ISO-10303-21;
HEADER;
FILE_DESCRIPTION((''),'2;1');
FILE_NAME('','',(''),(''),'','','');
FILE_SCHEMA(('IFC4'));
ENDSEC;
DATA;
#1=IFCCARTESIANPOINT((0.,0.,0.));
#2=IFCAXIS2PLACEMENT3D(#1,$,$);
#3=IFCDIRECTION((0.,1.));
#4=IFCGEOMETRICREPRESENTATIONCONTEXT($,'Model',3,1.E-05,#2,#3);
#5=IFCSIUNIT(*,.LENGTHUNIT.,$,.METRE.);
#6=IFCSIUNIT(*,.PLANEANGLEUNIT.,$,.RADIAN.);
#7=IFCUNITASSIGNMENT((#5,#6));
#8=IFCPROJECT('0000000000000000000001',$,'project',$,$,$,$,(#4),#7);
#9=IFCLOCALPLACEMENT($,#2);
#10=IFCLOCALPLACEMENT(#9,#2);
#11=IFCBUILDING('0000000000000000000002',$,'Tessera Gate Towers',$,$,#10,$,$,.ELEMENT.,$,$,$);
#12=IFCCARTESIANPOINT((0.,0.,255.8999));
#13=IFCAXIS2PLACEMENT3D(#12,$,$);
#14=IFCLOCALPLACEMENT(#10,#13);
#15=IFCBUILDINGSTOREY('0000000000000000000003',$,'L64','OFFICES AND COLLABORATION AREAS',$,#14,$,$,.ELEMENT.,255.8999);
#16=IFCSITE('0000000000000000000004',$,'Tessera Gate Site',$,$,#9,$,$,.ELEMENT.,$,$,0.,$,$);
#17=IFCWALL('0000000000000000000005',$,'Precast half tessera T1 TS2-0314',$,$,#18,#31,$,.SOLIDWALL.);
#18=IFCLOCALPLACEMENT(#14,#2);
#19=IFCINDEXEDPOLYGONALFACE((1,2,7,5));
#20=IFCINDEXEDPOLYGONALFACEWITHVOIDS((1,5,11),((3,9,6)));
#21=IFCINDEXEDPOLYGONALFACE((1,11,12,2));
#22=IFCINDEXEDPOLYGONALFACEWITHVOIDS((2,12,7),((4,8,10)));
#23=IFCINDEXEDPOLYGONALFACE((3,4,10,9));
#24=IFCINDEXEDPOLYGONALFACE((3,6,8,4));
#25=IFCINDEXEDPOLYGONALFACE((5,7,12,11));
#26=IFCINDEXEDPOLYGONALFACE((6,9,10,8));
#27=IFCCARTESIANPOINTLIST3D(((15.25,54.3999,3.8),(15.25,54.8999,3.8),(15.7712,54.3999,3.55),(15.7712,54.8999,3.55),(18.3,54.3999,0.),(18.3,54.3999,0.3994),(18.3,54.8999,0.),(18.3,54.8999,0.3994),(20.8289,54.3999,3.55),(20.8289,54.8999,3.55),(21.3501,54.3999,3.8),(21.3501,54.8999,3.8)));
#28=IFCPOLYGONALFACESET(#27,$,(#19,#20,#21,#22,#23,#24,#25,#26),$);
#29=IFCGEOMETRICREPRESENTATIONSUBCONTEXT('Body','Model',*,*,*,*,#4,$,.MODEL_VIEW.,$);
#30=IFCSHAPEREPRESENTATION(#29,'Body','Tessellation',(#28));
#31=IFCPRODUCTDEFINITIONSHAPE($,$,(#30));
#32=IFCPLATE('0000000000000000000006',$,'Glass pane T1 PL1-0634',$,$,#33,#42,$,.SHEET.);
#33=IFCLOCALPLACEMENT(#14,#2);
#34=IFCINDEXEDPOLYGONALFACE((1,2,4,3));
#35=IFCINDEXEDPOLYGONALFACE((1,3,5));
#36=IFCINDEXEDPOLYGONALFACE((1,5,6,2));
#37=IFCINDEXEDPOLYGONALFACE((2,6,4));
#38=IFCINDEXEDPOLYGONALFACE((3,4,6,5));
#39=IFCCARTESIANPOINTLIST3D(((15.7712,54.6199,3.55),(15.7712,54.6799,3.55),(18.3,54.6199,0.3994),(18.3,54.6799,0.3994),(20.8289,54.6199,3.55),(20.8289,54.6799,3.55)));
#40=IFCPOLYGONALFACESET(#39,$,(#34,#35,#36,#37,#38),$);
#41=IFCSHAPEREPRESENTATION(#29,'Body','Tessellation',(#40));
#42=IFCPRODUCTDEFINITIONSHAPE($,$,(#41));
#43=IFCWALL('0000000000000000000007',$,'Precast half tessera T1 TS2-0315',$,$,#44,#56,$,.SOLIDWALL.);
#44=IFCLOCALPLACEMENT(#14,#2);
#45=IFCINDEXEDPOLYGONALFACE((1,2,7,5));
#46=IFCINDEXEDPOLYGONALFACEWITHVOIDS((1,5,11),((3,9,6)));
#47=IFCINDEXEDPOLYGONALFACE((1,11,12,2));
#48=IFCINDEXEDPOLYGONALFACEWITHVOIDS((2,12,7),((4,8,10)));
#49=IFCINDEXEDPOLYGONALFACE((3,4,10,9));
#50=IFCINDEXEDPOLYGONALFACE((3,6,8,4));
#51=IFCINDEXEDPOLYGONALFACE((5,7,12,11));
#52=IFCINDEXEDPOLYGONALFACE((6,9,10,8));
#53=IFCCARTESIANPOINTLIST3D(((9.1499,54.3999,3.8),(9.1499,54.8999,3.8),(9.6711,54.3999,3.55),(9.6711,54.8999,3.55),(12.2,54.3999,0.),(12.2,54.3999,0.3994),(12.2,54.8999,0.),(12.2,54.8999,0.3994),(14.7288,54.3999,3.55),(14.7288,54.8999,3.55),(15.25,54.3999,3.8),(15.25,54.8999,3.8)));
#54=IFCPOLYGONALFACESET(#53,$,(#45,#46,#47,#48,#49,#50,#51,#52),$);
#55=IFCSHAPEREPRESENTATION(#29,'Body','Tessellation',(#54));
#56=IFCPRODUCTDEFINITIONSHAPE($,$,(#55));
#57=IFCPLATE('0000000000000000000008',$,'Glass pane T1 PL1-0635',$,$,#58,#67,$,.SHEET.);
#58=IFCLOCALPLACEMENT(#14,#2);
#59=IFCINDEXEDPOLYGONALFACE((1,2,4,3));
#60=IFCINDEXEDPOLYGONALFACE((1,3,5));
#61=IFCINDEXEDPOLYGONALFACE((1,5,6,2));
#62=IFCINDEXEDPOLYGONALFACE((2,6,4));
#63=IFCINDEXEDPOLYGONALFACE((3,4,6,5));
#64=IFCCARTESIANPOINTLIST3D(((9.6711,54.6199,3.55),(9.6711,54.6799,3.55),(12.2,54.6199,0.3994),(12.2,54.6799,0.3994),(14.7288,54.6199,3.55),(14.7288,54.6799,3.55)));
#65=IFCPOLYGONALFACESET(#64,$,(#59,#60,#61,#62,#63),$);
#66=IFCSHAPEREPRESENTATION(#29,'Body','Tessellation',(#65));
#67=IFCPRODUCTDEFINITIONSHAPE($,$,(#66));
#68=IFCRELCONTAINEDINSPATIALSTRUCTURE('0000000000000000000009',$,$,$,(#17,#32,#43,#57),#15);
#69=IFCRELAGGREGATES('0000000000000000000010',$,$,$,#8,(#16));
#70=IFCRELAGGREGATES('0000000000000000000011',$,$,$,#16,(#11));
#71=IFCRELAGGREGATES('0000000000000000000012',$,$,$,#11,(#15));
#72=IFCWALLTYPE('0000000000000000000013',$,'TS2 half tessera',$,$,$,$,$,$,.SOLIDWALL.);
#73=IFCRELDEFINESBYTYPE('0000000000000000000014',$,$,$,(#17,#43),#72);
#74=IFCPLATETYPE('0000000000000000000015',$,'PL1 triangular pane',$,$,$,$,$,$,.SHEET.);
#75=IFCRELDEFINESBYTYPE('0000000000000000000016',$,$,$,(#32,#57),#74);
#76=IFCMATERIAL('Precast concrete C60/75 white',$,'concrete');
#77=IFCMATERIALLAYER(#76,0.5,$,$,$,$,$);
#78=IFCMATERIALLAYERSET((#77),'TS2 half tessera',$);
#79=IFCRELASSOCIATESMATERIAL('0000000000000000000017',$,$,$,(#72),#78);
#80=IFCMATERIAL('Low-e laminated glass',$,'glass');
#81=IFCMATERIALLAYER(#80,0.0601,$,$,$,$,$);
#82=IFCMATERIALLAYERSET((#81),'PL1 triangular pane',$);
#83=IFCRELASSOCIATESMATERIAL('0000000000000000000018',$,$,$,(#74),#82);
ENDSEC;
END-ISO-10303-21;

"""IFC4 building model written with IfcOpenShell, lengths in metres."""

from ifc_helpers import new_model, si_unit, direction, frame, origin, place, context, subcontext, project, spatial, polyline, outline, extrude, source, transform, mapped, material, layer, layer_set, type_object, element, fill, save


model = new_model("IFC4")

# Units and contexts
model_context = context("Model", 3, precision=1e-05, world=origin(), true_north=direction((0.0, 1.0)))
body_context = subcontext(model_context, "Body", "Model", "MODEL_VIEW")
ifc_project = project(units=[si_unit("LENGTHUNIT", "METRE"), si_unit("PLANEANGLEUNIT", "RADIAN")], contexts=[model_context])

# Site, building, storey
site_placement = place(None, origin())
site = spatial("IfcSite", under=ifc_project, at=site_placement, Name="Tessera Gate Site", CompositionType="ELEMENT", RefElevation=0.0)
building_placement = place(site_placement, origin())
building = spatial("IfcBuilding", under=site, at=building_placement, Name="Tessera Gate Towers", CompositionType="ELEMENT")
storey_placement = place(building_placement, frame((0.0, 0.0, 255.8999)))
storey = spatial("IfcBuildingStorey", under=building, at=storey_placement, Name="L64", Description="OFFICES AND COLLABORATION AREAS", CompositionType="ELEMENT", Elevation=255.8999)

# Walls, openings, plates
ifc_material_1 = material(Name="Precast concrete C60/75 white", Category="concrete")
ifc_layer_1 = layer(ifc_material_1, 0.5)
ifc_layer_set_1 = layer_set([ifc_layer_1], Name="TS2 half tessera")
wall_type_1 = type_object("IfcWallType", Name="TS2 half tessera", PredefinedType="SOLIDWALL", material=ifc_layer_set_1)
shared_shape_1 = source(origin(), body_context, "Body", "SweptSolid", [
    extrude(outline(polyline([(3.05, 0.0), (6.1001, 3.8), (0.0, 3.8), (3.05, 0.0)])), frame((0.0, 0.25, 0.0), z_axis=(0.0, -1.0, 0.0), x_axis=(1.0, 0.0, 0.0)), (0.0, 0.0, 1.0), 0.5),
])
wall_1_placement = place(storey_placement, frame((21.3501, 54.6499, 0.0), z_axis=(0.0, 0.0, 1.0), x_axis=(-1.0, 0.0, 0.0)))
wall_1 = element("IfcWall", 1, at=wall_1_placement, inside=storey, type_object=wall_type_1, Name="Precast half tessera T1 TS2-0314", PredefinedType="SOLIDWALL", context=body_context, shape_type="MappedRepresentation", body=[
    mapped(shared_shape_1, transform((0.0, 0.0, 0.0), scale=1.0)),
])
shared_shape_2 = source(origin(), body_context, "Body", "SweptSolid", [
    extrude(outline(polyline([(3.05, 0.3994), (5.5789, 3.55), (0.5212, 3.55), (3.05, 0.3994)])), frame((0.0, 0.26, 0.0), z_axis=(0.0, -1.0, 0.0), x_axis=(1.0, 0.0, 0.0)), (0.0, 0.0, 1.0), 0.52),
])
opening_1_placement = place(wall_1_placement, origin())
opening_1 = element("IfcOpeningElement", 2, at=opening_1_placement, cuts=wall_1, PredefinedType="OPENING", context=body_context, shape_type="MappedRepresentation", body=[
    mapped(shared_shape_2, transform((0.0, 0.0, 0.0), scale=1.0)),
])
ifc_material_2 = material(Name="Low-e laminated glass", Category="glass")
ifc_layer_2 = layer(ifc_material_2, 0.0601)
ifc_layer_set_2 = layer_set([ifc_layer_2], Name="PL1 triangular pane")
plate_type_1 = type_object("IfcPlateType", Name="PL1 triangular pane", PredefinedType="SHEET", material=ifc_layer_set_2)
shared_shape_3 = source(origin(), body_context, "Body", "SweptSolid", [
    extrude(outline(polyline([(3.05, 0.3994), (5.5789, 3.55), (0.5212, 3.55), (3.05, 0.3994)])), frame((0.0, 0.03, 0.0), z_axis=(0.0, -1.0, 0.0), x_axis=(1.0, 0.0, 0.0)), (0.0, 0.0, 1.0), 0.0601),
])
plate_1_placement = place(opening_1_placement, origin())
plate_1 = element("IfcPlate", 3, at=plate_1_placement, inside=storey, type_object=plate_type_1, Name="Glass pane T1 PL1-0634", PredefinedType="SHEET", context=body_context, shape_type="MappedRepresentation", body=[
    mapped(shared_shape_3, transform((0.0, 0.0, 0.0), scale=1.0)),
])
fill(opening_1, plate_1)
wall_2_placement = place(storey_placement, frame((15.25, 54.6499, 0.0), z_axis=(0.0, 0.0, 1.0), x_axis=(-1.0, 0.0, 0.0)))
wall_2 = element("IfcWall", 4, at=wall_2_placement, inside=storey, type_object=wall_type_1, Name="Precast half tessera T1 TS2-0315", PredefinedType="SOLIDWALL", context=body_context, shape_type="MappedRepresentation", body=[
    mapped(shared_shape_1, transform((0.0, 0.0, 0.0), scale=1.0)),
])
opening_2_placement = place(wall_2_placement, origin())
opening_2 = element("IfcOpeningElement", 5, at=opening_2_placement, cuts=wall_2, PredefinedType="OPENING", context=body_context, shape_type="MappedRepresentation", body=[
    mapped(shared_shape_2, transform((0.0, 0.0, 0.0), scale=1.0)),
])
plate_2_placement = place(opening_2_placement, origin())
plate_2 = element("IfcPlate", 6, at=plate_2_placement, inside=storey, type_object=plate_type_1, Name="Glass pane T1 PL1-0635", PredefinedType="SHEET", context=body_context, shape_type="MappedRepresentation", body=[
    mapped(shared_shape_3, transform((0.0, 0.0, 0.0), scale=1.0)),
])
fill(opening_2, plate_2)

save(model, "model.ifc")
